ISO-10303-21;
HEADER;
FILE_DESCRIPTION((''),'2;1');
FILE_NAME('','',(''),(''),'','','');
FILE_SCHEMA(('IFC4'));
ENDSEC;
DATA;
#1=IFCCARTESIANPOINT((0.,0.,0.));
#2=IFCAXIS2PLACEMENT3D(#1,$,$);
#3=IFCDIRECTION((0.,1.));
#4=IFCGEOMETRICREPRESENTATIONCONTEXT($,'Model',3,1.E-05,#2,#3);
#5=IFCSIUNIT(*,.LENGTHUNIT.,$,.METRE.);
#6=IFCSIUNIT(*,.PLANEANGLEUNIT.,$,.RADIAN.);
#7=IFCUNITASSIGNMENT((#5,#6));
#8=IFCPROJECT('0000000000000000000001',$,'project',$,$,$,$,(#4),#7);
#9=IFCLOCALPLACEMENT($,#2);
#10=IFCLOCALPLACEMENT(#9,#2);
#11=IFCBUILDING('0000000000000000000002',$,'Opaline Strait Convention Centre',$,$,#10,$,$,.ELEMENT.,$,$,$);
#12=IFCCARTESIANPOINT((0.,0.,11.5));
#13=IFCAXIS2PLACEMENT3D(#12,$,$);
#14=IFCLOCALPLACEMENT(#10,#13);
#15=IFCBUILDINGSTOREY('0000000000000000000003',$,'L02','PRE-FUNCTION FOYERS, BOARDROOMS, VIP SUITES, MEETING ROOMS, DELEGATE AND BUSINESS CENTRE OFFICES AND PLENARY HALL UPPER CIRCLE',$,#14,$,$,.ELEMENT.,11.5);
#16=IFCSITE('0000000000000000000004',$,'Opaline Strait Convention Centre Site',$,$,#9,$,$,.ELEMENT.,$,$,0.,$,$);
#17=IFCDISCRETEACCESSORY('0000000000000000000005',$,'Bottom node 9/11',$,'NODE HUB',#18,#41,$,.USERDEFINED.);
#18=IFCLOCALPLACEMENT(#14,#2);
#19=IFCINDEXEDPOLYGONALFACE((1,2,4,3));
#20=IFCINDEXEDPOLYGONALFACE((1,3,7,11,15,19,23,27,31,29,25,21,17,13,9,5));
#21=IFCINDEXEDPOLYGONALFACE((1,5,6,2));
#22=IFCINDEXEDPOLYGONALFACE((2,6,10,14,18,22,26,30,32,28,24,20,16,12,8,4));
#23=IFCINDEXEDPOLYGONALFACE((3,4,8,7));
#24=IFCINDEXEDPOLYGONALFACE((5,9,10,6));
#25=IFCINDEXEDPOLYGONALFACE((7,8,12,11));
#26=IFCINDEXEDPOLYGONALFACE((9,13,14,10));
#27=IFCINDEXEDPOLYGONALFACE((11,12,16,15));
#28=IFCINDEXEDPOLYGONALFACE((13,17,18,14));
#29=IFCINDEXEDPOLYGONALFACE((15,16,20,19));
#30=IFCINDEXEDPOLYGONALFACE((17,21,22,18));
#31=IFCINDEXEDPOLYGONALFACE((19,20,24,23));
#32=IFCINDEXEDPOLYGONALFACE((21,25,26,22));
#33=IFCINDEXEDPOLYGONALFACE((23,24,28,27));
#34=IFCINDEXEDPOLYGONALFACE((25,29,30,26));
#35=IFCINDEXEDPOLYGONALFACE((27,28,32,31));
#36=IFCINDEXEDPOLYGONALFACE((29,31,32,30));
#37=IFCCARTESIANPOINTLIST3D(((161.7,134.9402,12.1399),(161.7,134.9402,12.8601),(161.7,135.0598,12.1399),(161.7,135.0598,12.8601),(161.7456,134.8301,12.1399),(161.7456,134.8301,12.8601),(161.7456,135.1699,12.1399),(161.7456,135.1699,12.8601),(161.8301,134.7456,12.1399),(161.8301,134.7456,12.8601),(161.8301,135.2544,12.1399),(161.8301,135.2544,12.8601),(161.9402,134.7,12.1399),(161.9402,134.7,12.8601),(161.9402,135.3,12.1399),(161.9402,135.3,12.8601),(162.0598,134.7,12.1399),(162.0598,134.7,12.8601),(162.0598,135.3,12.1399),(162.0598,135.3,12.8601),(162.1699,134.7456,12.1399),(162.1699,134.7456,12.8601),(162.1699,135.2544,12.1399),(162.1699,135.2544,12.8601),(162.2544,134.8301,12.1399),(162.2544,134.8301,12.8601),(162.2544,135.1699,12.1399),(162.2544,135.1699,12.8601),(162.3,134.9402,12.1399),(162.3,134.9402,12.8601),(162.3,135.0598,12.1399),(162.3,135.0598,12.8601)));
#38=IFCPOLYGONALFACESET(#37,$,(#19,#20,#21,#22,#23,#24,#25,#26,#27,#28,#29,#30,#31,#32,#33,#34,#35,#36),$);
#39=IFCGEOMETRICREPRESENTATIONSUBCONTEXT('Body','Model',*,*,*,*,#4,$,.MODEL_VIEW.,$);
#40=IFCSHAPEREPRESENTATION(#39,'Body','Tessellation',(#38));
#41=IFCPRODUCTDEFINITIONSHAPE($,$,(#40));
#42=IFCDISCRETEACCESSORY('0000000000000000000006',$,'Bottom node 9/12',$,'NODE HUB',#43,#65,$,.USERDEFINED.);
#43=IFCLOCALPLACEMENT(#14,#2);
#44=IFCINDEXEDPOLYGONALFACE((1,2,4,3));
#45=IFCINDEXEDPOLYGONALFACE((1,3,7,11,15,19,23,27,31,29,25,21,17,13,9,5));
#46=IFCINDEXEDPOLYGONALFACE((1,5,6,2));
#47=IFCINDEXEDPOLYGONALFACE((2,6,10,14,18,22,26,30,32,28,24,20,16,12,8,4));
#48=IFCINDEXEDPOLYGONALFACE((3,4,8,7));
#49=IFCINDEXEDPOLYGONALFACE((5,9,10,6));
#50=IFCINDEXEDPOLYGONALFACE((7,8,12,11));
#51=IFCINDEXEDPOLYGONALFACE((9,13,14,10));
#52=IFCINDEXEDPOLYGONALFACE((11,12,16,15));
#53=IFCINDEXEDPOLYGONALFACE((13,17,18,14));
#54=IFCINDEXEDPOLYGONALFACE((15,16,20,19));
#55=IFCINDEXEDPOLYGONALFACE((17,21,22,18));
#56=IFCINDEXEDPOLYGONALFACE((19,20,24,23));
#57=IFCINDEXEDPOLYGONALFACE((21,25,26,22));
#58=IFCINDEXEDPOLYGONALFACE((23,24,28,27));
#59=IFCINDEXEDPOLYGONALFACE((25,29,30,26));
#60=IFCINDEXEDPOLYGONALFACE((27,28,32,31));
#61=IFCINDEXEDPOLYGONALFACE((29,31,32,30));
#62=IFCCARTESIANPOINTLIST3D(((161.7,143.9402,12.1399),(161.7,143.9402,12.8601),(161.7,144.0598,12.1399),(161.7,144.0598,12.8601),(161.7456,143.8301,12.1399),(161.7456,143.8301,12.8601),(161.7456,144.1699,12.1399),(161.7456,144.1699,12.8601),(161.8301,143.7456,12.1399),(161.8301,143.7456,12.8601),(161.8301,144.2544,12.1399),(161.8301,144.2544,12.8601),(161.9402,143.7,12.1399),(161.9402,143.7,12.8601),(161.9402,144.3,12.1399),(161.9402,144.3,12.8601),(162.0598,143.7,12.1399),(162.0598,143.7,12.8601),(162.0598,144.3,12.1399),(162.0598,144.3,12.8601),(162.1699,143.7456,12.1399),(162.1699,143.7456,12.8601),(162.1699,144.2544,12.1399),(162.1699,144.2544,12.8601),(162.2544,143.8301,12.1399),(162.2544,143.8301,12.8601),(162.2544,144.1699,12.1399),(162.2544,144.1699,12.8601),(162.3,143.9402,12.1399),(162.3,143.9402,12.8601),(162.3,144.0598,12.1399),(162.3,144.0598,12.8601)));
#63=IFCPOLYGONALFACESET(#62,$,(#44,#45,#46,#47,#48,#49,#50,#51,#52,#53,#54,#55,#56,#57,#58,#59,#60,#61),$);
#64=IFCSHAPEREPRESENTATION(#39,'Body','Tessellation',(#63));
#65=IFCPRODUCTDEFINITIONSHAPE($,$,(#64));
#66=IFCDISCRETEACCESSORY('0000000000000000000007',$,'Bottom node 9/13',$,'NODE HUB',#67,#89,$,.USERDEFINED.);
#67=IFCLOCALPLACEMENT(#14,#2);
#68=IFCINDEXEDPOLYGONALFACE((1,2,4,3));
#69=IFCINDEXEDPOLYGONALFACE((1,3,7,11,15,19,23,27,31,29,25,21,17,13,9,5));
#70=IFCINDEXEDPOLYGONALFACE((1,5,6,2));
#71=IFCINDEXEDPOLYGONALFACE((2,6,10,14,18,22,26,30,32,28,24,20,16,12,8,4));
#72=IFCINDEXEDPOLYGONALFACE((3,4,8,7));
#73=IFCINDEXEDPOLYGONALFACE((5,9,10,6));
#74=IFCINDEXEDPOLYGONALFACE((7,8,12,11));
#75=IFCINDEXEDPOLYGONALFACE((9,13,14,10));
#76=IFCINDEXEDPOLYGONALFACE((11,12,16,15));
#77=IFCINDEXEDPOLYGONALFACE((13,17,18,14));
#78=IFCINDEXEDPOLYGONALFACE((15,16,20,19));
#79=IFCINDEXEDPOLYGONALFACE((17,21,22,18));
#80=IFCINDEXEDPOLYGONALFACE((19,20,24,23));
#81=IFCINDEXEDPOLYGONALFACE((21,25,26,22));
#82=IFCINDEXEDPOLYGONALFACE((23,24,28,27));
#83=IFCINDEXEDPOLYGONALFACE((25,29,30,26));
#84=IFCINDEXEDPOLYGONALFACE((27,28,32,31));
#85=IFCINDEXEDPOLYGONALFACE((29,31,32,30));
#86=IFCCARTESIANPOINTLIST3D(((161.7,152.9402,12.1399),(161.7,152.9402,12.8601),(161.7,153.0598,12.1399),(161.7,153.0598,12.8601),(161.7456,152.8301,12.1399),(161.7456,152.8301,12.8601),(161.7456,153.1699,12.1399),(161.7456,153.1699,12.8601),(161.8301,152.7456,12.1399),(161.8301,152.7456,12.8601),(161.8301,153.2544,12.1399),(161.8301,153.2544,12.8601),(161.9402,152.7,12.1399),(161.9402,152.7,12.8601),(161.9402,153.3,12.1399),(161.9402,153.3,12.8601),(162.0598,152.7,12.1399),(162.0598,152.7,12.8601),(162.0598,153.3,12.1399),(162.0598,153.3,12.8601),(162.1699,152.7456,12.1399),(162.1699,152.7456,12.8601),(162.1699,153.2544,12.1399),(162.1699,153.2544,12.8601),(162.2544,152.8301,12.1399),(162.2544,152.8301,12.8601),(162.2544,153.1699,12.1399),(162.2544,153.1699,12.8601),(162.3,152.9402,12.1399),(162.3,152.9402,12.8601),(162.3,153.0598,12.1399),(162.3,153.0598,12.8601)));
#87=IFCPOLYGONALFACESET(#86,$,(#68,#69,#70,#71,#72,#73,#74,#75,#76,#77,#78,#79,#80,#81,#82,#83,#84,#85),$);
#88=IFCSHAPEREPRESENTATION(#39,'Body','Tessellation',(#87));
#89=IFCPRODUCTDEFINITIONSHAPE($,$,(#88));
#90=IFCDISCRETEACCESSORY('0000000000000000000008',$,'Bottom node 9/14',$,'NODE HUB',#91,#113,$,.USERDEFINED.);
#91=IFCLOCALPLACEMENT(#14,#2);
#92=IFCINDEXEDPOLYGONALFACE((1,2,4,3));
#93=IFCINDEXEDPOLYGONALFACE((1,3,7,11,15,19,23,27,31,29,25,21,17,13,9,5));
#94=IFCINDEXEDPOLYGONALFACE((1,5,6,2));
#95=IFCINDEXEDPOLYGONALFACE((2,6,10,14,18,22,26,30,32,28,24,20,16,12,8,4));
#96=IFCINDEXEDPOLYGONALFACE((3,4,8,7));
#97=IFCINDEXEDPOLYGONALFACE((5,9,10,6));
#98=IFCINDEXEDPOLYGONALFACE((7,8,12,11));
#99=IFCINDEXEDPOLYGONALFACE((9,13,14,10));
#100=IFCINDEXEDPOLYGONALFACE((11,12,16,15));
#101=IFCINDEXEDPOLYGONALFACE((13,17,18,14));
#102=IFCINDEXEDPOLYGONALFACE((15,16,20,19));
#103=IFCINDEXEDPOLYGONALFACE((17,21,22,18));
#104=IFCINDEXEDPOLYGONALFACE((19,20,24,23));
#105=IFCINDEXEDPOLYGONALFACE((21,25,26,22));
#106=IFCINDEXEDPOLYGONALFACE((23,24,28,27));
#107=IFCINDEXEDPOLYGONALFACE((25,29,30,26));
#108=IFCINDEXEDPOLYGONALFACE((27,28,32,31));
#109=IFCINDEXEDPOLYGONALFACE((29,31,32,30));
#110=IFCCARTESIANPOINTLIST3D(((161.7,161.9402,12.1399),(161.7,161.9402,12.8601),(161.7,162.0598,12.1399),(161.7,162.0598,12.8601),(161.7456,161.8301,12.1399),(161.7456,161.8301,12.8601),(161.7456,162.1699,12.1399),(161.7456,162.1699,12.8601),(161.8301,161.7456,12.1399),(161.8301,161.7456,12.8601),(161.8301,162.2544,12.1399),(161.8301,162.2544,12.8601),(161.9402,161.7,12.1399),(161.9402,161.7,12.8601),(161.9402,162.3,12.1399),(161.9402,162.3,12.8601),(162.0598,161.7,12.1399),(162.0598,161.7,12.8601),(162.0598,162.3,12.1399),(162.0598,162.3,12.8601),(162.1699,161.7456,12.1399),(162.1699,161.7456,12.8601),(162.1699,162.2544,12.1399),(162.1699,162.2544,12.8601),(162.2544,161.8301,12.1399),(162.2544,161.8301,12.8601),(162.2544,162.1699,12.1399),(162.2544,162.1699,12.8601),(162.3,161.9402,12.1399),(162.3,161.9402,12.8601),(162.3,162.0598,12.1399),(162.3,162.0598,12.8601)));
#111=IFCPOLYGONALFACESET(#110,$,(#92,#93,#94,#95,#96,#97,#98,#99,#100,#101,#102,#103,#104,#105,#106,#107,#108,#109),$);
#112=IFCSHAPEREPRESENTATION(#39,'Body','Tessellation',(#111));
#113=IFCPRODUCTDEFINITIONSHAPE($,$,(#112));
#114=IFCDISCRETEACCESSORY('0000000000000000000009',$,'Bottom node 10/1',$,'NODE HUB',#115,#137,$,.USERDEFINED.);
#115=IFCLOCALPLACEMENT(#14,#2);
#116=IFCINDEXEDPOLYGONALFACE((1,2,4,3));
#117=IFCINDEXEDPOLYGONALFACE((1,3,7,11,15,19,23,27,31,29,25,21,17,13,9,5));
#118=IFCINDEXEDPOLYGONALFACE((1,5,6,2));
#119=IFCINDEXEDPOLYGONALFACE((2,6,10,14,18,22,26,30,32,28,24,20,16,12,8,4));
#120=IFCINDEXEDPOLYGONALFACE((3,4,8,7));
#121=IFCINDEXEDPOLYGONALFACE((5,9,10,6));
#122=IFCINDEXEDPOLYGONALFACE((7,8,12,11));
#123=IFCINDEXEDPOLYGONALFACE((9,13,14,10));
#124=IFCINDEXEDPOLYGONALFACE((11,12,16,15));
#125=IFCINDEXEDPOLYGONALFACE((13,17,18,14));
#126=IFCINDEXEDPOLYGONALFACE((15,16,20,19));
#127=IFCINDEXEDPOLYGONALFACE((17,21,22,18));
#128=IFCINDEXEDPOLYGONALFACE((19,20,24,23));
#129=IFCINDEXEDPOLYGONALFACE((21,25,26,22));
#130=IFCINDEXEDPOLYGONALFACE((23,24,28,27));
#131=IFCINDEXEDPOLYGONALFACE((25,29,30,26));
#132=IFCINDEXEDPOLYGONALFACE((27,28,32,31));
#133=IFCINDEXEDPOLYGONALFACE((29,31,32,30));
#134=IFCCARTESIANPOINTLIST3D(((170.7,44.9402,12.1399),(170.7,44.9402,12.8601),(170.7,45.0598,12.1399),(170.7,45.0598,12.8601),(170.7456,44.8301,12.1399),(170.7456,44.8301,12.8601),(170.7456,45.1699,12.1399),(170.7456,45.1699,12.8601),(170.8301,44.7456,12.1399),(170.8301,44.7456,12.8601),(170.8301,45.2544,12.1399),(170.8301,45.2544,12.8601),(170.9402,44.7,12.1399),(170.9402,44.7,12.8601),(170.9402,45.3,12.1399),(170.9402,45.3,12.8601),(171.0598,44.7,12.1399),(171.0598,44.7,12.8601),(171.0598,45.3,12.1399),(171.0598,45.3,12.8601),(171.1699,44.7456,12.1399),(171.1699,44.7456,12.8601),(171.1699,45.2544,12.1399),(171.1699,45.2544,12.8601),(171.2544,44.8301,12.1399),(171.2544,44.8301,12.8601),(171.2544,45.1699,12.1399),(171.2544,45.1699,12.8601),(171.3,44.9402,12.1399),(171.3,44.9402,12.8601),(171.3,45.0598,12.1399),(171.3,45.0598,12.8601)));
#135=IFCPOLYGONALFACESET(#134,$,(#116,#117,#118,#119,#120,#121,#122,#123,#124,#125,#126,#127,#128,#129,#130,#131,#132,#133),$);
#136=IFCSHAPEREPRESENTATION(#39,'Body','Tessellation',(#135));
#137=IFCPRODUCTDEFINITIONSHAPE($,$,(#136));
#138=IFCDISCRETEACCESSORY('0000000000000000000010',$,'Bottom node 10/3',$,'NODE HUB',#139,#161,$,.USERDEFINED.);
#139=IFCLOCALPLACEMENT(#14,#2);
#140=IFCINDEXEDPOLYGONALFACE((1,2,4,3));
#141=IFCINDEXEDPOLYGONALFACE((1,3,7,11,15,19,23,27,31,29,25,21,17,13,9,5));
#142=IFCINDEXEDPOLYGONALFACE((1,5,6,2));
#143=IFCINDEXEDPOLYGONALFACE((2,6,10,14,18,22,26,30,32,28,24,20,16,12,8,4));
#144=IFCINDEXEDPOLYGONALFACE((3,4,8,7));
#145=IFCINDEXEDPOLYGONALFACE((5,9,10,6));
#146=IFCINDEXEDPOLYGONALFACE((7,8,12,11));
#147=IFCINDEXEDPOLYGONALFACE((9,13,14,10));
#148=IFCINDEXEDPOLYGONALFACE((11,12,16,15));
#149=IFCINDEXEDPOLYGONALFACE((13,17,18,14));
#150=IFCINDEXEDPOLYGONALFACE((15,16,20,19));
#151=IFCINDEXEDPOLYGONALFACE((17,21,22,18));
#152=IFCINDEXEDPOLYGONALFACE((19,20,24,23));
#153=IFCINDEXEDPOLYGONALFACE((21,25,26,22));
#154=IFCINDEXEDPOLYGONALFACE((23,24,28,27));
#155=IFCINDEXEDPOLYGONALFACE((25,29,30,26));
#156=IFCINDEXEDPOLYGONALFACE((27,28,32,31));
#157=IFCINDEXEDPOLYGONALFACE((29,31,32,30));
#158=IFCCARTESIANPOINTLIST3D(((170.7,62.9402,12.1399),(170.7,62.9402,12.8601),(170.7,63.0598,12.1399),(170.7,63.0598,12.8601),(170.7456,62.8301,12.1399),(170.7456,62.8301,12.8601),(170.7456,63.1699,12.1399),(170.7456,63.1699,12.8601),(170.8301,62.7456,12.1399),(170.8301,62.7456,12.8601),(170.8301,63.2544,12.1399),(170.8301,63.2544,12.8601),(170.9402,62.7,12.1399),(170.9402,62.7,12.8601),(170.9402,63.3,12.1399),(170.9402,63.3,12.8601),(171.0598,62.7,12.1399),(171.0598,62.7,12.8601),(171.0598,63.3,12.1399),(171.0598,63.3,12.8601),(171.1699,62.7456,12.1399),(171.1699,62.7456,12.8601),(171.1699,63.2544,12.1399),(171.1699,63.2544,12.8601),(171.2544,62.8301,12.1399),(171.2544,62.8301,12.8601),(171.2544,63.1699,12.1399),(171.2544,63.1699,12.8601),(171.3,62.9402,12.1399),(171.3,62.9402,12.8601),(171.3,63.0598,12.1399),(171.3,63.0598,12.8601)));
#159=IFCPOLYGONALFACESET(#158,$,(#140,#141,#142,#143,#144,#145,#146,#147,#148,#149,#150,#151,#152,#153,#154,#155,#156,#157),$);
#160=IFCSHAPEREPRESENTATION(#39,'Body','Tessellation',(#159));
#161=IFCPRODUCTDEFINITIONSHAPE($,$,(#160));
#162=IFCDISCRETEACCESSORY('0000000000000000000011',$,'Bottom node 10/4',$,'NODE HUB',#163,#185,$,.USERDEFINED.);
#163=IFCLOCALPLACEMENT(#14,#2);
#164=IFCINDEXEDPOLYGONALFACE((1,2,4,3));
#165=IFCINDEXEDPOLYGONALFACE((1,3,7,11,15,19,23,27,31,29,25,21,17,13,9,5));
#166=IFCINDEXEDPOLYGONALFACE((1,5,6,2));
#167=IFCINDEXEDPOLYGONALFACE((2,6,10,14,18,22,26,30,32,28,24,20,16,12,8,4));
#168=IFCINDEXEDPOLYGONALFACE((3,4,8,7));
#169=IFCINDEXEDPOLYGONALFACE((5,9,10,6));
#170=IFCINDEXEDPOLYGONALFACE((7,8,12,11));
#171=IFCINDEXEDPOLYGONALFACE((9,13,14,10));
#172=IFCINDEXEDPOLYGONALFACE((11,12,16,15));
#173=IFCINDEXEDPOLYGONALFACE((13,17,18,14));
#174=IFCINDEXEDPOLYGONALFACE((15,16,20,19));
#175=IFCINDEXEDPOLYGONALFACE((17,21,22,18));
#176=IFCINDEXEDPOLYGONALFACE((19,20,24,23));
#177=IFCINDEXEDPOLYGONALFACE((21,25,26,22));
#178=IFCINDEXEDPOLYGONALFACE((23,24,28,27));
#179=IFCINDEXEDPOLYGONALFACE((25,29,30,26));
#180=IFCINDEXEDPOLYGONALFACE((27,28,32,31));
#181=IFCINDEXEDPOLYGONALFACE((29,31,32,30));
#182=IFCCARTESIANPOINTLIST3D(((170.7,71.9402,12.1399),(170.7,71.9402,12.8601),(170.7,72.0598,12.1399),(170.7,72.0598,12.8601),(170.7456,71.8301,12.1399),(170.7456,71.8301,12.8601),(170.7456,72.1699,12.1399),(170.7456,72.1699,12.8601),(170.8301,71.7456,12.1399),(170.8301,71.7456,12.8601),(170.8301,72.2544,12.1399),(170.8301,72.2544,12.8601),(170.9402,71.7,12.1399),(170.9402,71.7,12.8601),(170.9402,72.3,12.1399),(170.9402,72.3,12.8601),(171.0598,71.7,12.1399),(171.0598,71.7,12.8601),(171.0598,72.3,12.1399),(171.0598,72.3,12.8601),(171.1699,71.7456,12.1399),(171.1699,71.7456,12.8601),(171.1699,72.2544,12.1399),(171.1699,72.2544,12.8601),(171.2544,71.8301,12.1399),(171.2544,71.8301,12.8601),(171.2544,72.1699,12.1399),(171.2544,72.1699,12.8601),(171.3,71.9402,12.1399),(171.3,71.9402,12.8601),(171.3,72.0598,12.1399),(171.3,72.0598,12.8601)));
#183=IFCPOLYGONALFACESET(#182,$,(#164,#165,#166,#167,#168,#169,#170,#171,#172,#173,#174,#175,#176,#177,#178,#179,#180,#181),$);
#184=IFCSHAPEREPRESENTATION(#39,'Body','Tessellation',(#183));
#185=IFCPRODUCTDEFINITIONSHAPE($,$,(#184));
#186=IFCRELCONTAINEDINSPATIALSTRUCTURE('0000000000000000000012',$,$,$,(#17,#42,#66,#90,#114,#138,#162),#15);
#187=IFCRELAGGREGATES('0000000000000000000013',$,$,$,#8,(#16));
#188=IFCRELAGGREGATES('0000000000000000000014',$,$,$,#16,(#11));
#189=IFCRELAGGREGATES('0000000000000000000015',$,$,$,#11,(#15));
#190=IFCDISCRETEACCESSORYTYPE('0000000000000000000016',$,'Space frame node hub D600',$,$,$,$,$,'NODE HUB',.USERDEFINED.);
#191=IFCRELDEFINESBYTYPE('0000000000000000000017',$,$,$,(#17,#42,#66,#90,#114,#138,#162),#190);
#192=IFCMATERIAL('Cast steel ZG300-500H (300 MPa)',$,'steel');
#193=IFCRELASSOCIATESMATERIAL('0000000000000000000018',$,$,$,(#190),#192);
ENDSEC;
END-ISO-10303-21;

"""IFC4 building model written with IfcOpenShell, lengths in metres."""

from ifc_helpers import new_model, si_unit, direction, frame, origin, place, context, subcontext, project, spatial, polyline, outline, extrude, material, type_object, element, save


model = new_model("IFC4")

# Units and contexts
model_context = context("Model", 3, precision=1e-05, world=origin(), true_north=direction((0.0, 1.0)))
body_context = subcontext(model_context, "Body", "Model", "MODEL_VIEW")
ifc_project = project(units=[si_unit("LENGTHUNIT", "METRE"), si_unit("PLANEANGLEUNIT", "RADIAN")], contexts=[model_context])

# Site, building, storey
site_placement = place(None, origin())
site = spatial("IfcSite", under=ifc_project, at=site_placement, Name="Opaline Strait Convention Centre Site", CompositionType="ELEMENT", RefElevation=0.0)
building_placement = place(site_placement, origin())
building = spatial("IfcBuilding", under=site, at=building_placement, Name="Opaline Strait Convention Centre", CompositionType="ELEMENT")
storey_placement = place(building_placement, frame((0.0, 0.0, 11.5)))
storey = spatial("IfcBuildingStorey", under=building, at=storey_placement, Name="L02", Description="PRE-FUNCTION FOYERS, BOARDROOMS, VIP SUITES, MEETING ROOMS, DELEGATE AND BUSINESS CENTRE OFFICES AND PLENARY HALL UPPER CIRCLE", CompositionType="ELEMENT", Elevation=11.5)

# Discrete accessories
ifc_material = material(Name="Cast steel ZG300-500H (300 MPa)", Category="steel")
discrete_accessory_type_1 = type_object("IfcDiscreteAccessoryType", Name="Space frame node hub D600", ElementType="NODE HUB", PredefinedType="USERDEFINED", material=ifc_material)
discrete_accessory_1_placement = place(storey_placement, frame((0.0, 0.0, 12.1399)))
element("IfcDiscreteAccessory", 1, at=discrete_accessory_1_placement, inside=storey, type_object=discrete_accessory_type_1, Name="Bottom node 9/11", ObjectType="NODE HUB", PredefinedType="USERDEFINED", context=body_context, shape_type="SweptSolid", body=[
    extrude(outline(polyline([(162.3, 135.0598), (162.2544, 135.1699), (162.1699, 135.2544), (162.0598, 135.3), (161.9402, 135.3), (161.8301, 135.2544), (161.7456, 135.1699), (161.7, 135.0598), (161.7, 134.9402), (161.7456, 134.8301), (161.8301, 134.7456), (161.9402, 134.7), (162.0598, 134.7), (162.1699, 134.7456), (162.2544, 134.8301), (162.3, 134.9402), (162.3, 135.0598)])), origin(), (0.0, 0.0, 1.0), 0.7202),
])
discrete_accessory_2_placement = place(storey_placement, frame((0.0, 0.0, 12.1399)))
element("IfcDiscreteAccessory", 2, at=discrete_accessory_2_placement, inside=storey, type_object=discrete_accessory_type_1, Name="Bottom node 9/12", ObjectType="NODE HUB", PredefinedType="USERDEFINED", context=body_context, shape_type="SweptSolid", body=[
    extrude(outline(polyline([(162.3, 144.0598), (162.2544, 144.1699), (162.1699, 144.2544), (162.0598, 144.3), (161.9402, 144.3), (161.8301, 144.2544), (161.7456, 144.1699), (161.7, 144.0598), (161.7, 143.9402), (161.7456, 143.8301), (161.8301, 143.7456), (161.9402, 143.7), (162.0598, 143.7), (162.1699, 143.7456), (162.2544, 143.8301), (162.3, 143.9402), (162.3, 144.0598)])), origin(), (0.0, 0.0, 1.0), 0.7202),
])
discrete_accessory_3_placement = place(storey_placement, frame((0.0, 0.0, 12.1399)))
element("IfcDiscreteAccessory", 3, at=discrete_accessory_3_placement, inside=storey, type_object=discrete_accessory_type_1, Name="Bottom node 9/13", ObjectType="NODE HUB", PredefinedType="USERDEFINED", context=body_context, shape_type="SweptSolid", body=[
    extrude(outline(polyline([(162.3, 153.0598), (162.2544, 153.1699), (162.1699, 153.2544), (162.0598, 153.3), (161.9402, 153.3), (161.8301, 153.2544), (161.7456, 153.1699), (161.7, 153.0598), (161.7, 152.9402), (161.7456, 152.8301), (161.8301, 152.7456), (161.9402, 152.7), (162.0598, 152.7), (162.1699, 152.7456), (162.2544, 152.8301), (162.3, 152.9402), (162.3, 153.0598)])), origin(), (0.0, 0.0, 1.0), 0.7202),
])
discrete_accessory_4_placement = place(storey_placement, frame((0.0, 0.0, 12.1399)))
element("IfcDiscreteAccessory", 4, at=discrete_accessory_4_placement, inside=storey, type_object=discrete_accessory_type_1, Name="Bottom node 9/14", ObjectType="NODE HUB", PredefinedType="USERDEFINED", context=body_context, shape_type="SweptSolid", body=[
    extrude(outline(polyline([(162.3, 162.0598), (162.2544, 162.1699), (162.1699, 162.2544), (162.0598, 162.3), (161.9402, 162.3), (161.8301, 162.2544), (161.7456, 162.1699), (161.7, 162.0598), (161.7, 161.9402), (161.7456, 161.8301), (161.8301, 161.7456), (161.9402, 161.7), (162.0598, 161.7), (162.1699, 161.7456), (162.2544, 161.8301), (162.3, 161.9402), (162.3, 162.0598)])), origin(), (0.0, 0.0, 1.0), 0.7202),
])
discrete_accessory_5_placement = place(storey_placement, frame((0.0, 0.0, 12.1399)))
element("IfcDiscreteAccessory", 5, at=discrete_accessory_5_placement, inside=storey, type_object=discrete_accessory_type_1, Name="Bottom node 10/1", ObjectType="NODE HUB", PredefinedType="USERDEFINED", context=body_context, shape_type="SweptSolid", body=[
    extrude(outline(polyline([(171.3, 45.0598), (171.2544, 45.1699), (171.1699, 45.2544), (171.0598, 45.3), (170.9402, 45.3), (170.8301, 45.2544), (170.7456, 45.1699), (170.7, 45.0598), (170.7, 44.9402), (170.7456, 44.8301), (170.8301, 44.7456), (170.9402, 44.7), (171.0598, 44.7), (171.1699, 44.7456), (171.2544, 44.8301), (171.3, 44.9402), (171.3, 45.0598)])), origin(), (0.0, 0.0, 1.0), 0.7202),
])
discrete_accessory_6_placement = place(storey_placement, frame((0.0, 0.0, 12.1399)))
element("IfcDiscreteAccessory", 6, at=discrete_accessory_6_placement, inside=storey, type_object=discrete_accessory_type_1, Name="Bottom node 10/3", ObjectType="NODE HUB", PredefinedType="USERDEFINED", context=body_context, shape_type="SweptSolid", body=[
    extrude(outline(polyline([(171.3, 63.0598), (171.2544, 63.1699), (171.1699, 63.2544), (171.0598, 63.3), (170.9402, 63.3), (170.8301, 63.2544), (170.7456, 63.1699), (170.7, 63.0598), (170.7, 62.9402), (170.7456, 62.8301), (170.8301, 62.7456), (170.9402, 62.7), (171.0598, 62.7), (171.1699, 62.7456), (171.2544, 62.8301), (171.3, 62.9402), (171.3, 63.0598)])), origin(), (0.0, 0.0, 1.0), 0.7202),
])
discrete_accessory_7_placement = place(storey_placement, frame((0.0, 0.0, 12.1399)))
element("IfcDiscreteAccessory", 7, at=discrete_accessory_7_placement, inside=storey, type_object=discrete_accessory_type_1, Name="Bottom node 10/4", ObjectType="NODE HUB", PredefinedType="USERDEFINED", context=body_context, shape_type="SweptSolid", body=[
    extrude(outline(polyline([(171.3, 72.0598), (171.2544, 72.1699), (171.1699, 72.2544), (171.0598, 72.3), (170.9402, 72.3), (170.8301, 72.2544), (170.7456, 72.1699), (170.7, 72.0598), (170.7, 71.9402), (170.7456, 71.8301), (170.8301, 71.7456), (170.9402, 71.7), (171.0598, 71.7), (171.1699, 71.7456), (171.2544, 71.8301), (171.3, 71.9402), (171.3, 72.0598)])), origin(), (0.0, 0.0, 1.0), 0.7202),
])

save(model, "model.ifc")
